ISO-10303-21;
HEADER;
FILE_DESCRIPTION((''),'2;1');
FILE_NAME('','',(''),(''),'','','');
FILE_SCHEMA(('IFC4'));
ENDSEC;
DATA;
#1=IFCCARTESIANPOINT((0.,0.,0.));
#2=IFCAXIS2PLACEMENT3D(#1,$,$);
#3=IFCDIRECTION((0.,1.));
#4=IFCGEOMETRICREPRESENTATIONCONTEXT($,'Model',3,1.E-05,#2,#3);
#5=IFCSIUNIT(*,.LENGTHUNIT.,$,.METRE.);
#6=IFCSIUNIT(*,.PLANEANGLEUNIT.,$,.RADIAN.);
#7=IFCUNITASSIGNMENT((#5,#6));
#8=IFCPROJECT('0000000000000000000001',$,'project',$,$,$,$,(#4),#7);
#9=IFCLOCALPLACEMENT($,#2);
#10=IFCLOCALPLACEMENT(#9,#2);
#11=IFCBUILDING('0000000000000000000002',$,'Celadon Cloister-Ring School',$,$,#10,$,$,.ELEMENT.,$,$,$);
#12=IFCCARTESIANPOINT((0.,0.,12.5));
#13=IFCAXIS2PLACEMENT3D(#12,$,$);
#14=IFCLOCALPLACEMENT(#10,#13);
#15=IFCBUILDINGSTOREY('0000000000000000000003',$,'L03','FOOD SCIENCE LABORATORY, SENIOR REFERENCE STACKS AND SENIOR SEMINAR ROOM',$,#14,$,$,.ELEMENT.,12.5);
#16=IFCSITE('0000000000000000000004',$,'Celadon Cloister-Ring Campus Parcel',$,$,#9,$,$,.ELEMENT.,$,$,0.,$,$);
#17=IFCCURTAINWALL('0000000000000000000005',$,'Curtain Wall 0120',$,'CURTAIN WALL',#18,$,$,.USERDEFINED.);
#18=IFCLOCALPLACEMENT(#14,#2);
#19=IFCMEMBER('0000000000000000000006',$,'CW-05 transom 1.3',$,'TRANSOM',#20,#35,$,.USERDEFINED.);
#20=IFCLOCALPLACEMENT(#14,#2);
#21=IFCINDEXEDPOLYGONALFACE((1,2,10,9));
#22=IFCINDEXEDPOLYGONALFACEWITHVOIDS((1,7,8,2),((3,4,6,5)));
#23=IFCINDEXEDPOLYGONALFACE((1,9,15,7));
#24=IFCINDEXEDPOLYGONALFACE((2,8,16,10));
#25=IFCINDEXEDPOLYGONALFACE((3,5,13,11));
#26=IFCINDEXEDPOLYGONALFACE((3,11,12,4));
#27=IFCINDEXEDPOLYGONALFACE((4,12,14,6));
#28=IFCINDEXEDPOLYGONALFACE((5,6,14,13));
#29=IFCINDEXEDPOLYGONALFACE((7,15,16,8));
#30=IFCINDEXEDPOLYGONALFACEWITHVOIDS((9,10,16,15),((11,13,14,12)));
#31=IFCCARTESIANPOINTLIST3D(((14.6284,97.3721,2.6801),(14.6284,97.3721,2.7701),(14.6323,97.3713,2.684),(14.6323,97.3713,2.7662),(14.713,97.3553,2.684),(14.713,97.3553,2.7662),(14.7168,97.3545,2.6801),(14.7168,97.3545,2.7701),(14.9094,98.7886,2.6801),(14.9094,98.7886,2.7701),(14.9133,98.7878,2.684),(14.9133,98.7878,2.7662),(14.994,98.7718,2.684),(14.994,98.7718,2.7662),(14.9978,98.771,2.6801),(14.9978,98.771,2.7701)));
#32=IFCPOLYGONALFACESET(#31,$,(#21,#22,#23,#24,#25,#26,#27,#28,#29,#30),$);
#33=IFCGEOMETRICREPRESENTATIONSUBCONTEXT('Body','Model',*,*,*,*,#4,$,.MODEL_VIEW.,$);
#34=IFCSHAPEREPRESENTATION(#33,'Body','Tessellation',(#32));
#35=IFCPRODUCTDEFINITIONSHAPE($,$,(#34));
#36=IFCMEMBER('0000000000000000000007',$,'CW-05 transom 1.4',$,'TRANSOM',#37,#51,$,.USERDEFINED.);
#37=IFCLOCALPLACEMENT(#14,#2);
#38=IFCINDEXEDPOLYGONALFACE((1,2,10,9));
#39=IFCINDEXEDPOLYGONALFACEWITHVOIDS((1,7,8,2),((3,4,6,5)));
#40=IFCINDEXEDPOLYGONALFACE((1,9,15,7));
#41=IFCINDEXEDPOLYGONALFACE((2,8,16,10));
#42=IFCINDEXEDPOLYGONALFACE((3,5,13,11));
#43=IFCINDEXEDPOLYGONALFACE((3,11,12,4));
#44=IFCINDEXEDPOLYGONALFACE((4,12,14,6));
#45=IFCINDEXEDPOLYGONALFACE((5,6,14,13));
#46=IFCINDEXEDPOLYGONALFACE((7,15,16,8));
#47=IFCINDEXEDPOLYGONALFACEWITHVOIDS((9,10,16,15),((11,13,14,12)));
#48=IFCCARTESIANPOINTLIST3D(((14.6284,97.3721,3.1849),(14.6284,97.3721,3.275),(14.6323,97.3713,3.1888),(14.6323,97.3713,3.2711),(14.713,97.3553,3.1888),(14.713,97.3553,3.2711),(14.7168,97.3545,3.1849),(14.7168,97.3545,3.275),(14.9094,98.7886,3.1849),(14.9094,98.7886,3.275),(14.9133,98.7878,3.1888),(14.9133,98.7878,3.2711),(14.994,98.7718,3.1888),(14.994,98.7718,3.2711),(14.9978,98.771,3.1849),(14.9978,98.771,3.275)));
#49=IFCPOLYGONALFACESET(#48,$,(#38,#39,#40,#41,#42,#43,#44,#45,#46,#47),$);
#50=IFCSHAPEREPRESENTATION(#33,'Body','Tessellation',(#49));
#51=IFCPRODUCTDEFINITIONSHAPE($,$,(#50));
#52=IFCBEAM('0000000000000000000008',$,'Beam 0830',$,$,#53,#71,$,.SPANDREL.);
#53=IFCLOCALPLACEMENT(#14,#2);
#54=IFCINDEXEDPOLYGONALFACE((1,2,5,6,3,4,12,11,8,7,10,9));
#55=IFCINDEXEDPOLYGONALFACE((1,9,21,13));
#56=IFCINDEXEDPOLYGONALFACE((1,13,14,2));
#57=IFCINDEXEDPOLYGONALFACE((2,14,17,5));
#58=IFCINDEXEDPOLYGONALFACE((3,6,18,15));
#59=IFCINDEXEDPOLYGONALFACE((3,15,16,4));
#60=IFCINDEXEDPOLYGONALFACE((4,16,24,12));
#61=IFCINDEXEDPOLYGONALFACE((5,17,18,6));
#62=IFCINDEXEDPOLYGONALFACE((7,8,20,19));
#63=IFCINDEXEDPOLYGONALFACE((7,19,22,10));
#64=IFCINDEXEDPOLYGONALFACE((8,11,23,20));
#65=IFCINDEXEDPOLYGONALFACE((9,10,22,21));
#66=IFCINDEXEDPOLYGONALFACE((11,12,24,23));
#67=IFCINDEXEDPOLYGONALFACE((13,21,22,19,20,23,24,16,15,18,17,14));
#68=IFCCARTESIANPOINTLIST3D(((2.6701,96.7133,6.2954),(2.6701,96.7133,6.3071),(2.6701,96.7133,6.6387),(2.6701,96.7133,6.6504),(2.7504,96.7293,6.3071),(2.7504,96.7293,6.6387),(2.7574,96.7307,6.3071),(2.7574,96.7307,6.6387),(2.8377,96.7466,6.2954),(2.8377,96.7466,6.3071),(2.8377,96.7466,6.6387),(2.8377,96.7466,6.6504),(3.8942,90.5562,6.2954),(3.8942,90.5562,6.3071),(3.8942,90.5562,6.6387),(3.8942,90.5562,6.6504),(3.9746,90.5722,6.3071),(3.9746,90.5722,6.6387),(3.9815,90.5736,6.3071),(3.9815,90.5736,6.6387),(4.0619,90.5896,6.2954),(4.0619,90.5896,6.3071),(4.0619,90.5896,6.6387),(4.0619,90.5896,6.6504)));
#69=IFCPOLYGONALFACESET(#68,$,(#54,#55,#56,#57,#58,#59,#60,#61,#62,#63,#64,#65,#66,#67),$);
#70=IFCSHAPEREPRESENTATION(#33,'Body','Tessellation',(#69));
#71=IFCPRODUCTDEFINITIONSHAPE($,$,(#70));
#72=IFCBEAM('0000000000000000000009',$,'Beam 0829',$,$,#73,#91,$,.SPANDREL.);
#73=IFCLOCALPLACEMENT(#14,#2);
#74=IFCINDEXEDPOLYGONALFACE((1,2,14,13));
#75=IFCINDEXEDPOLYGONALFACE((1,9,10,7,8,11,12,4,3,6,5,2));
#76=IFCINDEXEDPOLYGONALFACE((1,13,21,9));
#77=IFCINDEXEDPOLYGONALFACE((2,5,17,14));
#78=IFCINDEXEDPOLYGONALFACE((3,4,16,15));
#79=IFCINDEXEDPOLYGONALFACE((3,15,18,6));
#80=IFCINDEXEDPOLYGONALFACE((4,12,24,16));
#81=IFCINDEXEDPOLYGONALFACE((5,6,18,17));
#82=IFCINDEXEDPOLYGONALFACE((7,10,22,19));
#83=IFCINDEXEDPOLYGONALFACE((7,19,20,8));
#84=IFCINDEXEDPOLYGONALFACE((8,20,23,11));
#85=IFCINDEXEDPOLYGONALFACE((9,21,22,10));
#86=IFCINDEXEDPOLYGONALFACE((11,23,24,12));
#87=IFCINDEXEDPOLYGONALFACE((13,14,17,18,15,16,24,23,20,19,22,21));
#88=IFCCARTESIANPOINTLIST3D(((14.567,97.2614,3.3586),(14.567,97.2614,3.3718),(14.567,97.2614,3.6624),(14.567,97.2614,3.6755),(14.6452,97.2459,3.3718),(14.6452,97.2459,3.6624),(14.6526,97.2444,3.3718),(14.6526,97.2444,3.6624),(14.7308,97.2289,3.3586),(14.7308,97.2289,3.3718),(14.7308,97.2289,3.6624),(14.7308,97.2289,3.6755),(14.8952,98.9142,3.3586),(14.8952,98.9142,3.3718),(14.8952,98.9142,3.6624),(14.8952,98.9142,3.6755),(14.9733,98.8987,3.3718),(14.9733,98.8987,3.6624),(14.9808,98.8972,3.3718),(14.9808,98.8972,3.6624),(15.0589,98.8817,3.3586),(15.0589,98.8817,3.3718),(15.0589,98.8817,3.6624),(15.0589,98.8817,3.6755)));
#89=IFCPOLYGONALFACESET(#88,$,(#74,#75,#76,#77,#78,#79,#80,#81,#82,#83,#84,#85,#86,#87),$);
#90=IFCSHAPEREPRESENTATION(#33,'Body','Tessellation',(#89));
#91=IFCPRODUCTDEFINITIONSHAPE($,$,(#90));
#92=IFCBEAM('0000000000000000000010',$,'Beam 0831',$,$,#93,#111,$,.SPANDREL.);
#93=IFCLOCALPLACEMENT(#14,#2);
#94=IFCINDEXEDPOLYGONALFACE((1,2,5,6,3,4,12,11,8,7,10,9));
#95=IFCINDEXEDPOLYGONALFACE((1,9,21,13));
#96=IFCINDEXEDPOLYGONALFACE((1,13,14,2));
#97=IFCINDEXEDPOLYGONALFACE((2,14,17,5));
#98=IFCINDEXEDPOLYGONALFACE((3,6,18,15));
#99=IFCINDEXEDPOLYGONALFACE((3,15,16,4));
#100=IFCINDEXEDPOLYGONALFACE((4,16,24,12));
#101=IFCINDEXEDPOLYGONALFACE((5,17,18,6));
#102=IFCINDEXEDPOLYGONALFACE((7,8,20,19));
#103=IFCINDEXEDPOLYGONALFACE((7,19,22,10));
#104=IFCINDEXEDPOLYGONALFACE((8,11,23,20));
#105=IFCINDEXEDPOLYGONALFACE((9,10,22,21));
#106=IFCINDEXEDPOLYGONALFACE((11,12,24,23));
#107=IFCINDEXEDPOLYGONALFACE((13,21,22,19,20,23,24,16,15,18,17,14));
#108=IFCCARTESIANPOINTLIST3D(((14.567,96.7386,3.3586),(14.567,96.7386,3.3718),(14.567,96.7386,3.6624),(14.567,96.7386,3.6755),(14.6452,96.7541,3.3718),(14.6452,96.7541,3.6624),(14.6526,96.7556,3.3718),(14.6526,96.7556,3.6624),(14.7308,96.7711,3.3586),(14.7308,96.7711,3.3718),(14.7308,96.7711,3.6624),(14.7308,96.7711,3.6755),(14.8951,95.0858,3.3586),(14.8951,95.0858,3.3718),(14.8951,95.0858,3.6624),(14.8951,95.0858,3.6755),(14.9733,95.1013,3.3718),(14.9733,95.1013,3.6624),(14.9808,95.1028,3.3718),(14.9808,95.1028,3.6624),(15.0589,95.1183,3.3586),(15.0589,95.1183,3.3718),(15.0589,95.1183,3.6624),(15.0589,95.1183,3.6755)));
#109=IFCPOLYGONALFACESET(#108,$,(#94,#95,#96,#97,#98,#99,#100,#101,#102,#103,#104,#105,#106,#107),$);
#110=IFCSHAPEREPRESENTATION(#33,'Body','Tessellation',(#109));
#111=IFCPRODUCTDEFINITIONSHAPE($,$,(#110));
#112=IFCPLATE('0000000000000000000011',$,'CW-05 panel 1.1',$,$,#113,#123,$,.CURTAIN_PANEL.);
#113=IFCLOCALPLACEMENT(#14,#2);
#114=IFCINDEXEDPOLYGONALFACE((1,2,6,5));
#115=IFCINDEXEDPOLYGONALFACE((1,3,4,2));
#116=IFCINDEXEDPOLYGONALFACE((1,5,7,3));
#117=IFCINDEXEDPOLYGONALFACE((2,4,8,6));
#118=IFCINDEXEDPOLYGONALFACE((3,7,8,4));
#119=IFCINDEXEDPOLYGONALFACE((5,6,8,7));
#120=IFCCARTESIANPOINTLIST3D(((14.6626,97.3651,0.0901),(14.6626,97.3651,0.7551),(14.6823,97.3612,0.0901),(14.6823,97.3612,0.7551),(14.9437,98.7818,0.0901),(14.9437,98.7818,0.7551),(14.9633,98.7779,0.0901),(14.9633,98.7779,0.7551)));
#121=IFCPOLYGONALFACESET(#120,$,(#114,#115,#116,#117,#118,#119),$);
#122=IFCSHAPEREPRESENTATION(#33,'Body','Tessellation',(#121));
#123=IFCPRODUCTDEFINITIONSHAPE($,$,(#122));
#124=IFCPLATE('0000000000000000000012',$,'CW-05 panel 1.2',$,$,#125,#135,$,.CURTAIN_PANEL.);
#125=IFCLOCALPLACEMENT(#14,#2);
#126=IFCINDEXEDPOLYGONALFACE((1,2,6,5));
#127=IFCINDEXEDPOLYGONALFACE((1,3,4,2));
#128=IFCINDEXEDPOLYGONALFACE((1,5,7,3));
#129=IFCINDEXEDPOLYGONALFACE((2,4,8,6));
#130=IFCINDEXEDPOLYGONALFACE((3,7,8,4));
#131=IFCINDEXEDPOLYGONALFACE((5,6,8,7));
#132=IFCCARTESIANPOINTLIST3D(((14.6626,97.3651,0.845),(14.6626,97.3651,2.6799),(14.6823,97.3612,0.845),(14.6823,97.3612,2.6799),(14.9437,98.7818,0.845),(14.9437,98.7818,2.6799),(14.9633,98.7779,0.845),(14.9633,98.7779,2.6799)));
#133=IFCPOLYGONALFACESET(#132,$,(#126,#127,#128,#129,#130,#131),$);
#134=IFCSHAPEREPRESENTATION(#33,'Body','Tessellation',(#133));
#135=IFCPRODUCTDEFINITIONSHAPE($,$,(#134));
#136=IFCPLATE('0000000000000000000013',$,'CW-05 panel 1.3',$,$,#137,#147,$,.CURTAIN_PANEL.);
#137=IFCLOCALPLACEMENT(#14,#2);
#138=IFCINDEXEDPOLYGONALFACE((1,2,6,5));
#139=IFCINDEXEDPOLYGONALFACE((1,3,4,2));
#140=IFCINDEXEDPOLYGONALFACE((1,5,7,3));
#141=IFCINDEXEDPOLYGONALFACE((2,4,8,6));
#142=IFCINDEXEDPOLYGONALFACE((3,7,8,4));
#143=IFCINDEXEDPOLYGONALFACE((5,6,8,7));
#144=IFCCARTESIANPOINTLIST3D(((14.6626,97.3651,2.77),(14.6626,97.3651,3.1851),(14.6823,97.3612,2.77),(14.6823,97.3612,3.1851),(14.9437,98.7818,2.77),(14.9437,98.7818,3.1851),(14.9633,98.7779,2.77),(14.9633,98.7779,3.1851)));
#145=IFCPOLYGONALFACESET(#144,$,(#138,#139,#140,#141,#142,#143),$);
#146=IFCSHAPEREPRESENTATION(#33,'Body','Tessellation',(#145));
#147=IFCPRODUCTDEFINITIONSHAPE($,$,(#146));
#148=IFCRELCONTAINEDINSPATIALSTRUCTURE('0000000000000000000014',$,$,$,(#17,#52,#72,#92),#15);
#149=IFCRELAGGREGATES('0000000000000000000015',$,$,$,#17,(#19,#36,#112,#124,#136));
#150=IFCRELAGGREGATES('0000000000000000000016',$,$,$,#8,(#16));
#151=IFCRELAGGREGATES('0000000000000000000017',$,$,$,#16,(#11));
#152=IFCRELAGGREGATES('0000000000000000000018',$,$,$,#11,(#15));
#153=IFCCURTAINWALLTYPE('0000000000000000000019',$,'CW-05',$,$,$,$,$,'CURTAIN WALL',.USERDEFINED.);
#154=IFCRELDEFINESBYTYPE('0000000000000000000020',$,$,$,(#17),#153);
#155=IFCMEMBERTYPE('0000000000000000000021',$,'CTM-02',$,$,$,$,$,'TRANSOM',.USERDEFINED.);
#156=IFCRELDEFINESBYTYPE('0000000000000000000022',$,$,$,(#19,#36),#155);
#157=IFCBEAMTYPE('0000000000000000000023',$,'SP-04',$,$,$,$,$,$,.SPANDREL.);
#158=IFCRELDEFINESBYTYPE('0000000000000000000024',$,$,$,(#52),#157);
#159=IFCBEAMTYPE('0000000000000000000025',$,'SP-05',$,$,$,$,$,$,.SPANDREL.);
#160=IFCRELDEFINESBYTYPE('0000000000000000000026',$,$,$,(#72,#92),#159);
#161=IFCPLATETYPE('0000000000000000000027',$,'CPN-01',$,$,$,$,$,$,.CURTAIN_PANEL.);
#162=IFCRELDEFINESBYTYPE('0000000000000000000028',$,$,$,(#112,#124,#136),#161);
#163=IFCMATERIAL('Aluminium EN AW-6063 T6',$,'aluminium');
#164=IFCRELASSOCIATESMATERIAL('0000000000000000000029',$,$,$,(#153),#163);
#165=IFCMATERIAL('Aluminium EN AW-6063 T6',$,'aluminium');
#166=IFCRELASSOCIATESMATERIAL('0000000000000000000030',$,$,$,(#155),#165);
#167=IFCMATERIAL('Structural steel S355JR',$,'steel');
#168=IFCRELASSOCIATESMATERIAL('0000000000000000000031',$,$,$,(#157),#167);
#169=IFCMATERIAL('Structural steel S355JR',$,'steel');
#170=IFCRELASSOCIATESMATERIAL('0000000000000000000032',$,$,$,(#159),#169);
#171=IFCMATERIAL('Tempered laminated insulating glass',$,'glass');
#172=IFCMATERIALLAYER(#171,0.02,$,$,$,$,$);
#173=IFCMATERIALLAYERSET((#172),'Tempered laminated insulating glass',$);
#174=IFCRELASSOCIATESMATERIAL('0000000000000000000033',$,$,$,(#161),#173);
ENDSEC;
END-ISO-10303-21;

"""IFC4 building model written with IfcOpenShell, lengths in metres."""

from ifc_helpers import new_model, si_unit, direction, frame, origin, origin_2d, place, context, subcontext, project, spatial, rectangle, hollow_rectangle, i_section, extrude, material, layer, layer_set, material_profile, profile_set, type_object, element, aggregate, save


model = new_model("IFC4")

# Units and contexts
model_context = context("Model", 3, precision=1e-05, world=origin(), true_north=direction((0.0, 1.0)))
body_context = subcontext(model_context, "Body", "Model", "MODEL_VIEW")
ifc_project = project(units=[si_unit("LENGTHUNIT", "METRE"), si_unit("PLANEANGLEUNIT", "RADIAN")], contexts=[model_context])

# Site, building, storey
site_placement = place(None, origin())
site = spatial("IfcSite", under=ifc_project, at=site_placement, Name="Celadon Cloister-Ring Campus Parcel", CompositionType="ELEMENT", RefElevation=0.0)
building_placement = place(site_placement, origin())
building = spatial("IfcBuilding", under=site, at=building_placement, Name="Celadon Cloister-Ring School", CompositionType="ELEMENT")
storey_placement = place(building_placement, frame((0.0, 0.0, 12.5)))
storey = spatial("IfcBuildingStorey", under=building, at=storey_placement, Name="L03", Description="FOOD SCIENCE LABORATORY, SENIOR REFERENCE STACKS AND SENIOR SEMINAR ROOM", CompositionType="ELEMENT", Elevation=12.5)

# Curtain wall, members
ifc_material_1 = material(Name="Aluminium EN AW-6063 T6", Category="aluminium")
curtain_wall_type = type_object("IfcCurtainWallType", Name="CW-05", ElementType="CURTAIN WALL", PredefinedType="USERDEFINED", material=ifc_material_1)
curtain_wall_placement = place(storey_placement, origin())
curtain_wall = element("IfcCurtainWall", 1, at=curtain_wall_placement, inside=storey, type_object=curtain_wall_type, Name="Curtain Wall 0120", ObjectType="CURTAIN WALL", PredefinedType="USERDEFINED")
ifc_material_2 = material(Name="Aluminium EN AW-6063 T6", Category="aluminium")
ifc_material_profile_1 = material_profile(ifc_material_2, hollow_rectangle(XDim=0.0901, YDim=0.0901, WallThickness=0.0039, at=origin_2d()), Name="RHS90X90X4")
ifc_profile_set_1 = profile_set([ifc_material_profile_1], Name="Aluminium EN AW-6063 T6")
member_type_1 = type_object("IfcMemberType", Name="CTM-02", ElementType="TRANSOM", PredefinedType="USERDEFINED", material=ifc_profile_set_1)
member_1_placement = place(storey_placement, frame((14.9536, 98.7798, 2.7251), z_axis=(-0.194588, -0.980885, 0.0), x_axis=(0.980885, -0.194588, 0.0)))
member_1 = element("IfcMember", 2, at=member_1_placement, type_object=member_type_1, Name="CW-05 transom 1.3", ObjectType="TRANSOM", PredefinedType="USERDEFINED", context=body_context, shape_type="SweptSolid", body=[
    extrude(hollow_rectangle(XDim=0.0901, YDim=0.0901, WallThickness=0.0039, at=origin_2d()), origin(), (0.0, 0.0, 1.0), 1.4441),
])
member_2_placement = place(storey_placement, frame((14.9536, 98.7798, 3.23), z_axis=(-0.194588, -0.980885, 0.0), x_axis=(0.980885, -0.194588, 0.0)))
member_2 = element("IfcMember", 3, at=member_2_placement, type_object=member_type_1, Name="CW-05 transom 1.4", ObjectType="TRANSOM", PredefinedType="USERDEFINED", context=body_context, shape_type="SweptSolid", body=[
    extrude(hollow_rectangle(XDim=0.0901, YDim=0.0901, WallThickness=0.0039, at=origin_2d()), origin(), (0.0, 0.0, 1.0), 1.4441),
])

# Beams
ifc_material_3 = material(Name="Structural steel S355JR", Category="steel")
ifc_material_profile_2 = material_profile(ifc_material_3, i_section(OverallWidth=0.1709, OverallDepth=0.355, WebThickness=0.0071, FlangeThickness=0.0117, at=origin_2d()), Name="W360X51")
ifc_profile_set_2 = profile_set([ifc_material_profile_2], Name="Structural steel S355JR")
beam_type_1 = type_object("IfcBeamType", Name="SP-04", PredefinedType="SPANDREL", material=ifc_profile_set_2)
beam_placement = place(storey_placement, frame((2.7539, 96.73, 6.4729), z_axis=(0.195002, -0.980803, 0.0), x_axis=(0.980803, 0.195002, 0.0)))
element("IfcBeam", 4, at=beam_placement, inside=storey, type_object=beam_type_1, Name="Beam 0830", PredefinedType="SPANDREL", context=body_context, shape_type="SweptSolid", body=[
    extrude(i_section(OverallWidth=0.1709, OverallDepth=0.355, WebThickness=0.0071, FlangeThickness=0.0117, at=origin_2d()), origin(), (0.0, 0.0, 1.0), 6.2776),
])
ifc_material_4 = material(Name="Structural steel S355JR", Category="steel")
ifc_material_profile_3 = material_profile(ifc_material_4, i_section(OverallWidth=0.167, OverallDepth=0.3169, WebThickness=0.0076, FlangeThickness=0.0132, at=origin_2d()), Name="W310X52")
ifc_profile_set_3 = profile_set([ifc_material_profile_3], Name="Structural steel S355JR")
beam_type_2 = type_object("IfcBeamType", Name="SP-05", PredefinedType="SPANDREL", material=ifc_profile_set_3)
for number, where, z_axis, x_axis, name in (
    (5, (14.9771, 98.8979, 3.5171), (-0.194723, -0.980858, 0.0), (0.980858, -0.194723, 0.0), "Beam 0829"),
    (6, (14.6489, 96.7549, 3.5171), (0.194723, -0.980858, 0.0), (0.980858, 0.194723, 0.0), "Beam 0831"),
):
    element("IfcBeam", number, at=place(storey_placement, frame(where, z_axis=z_axis, x_axis=x_axis)), inside=storey, type_object=beam_type_2, Name=name, PredefinedType="SPANDREL", context=body_context, shape_type="SweptSolid", body=[
        extrude(i_section(OverallWidth=0.167, OverallDepth=0.3169, WebThickness=0.0076, FlangeThickness=0.0132, at=origin_2d()), origin(), (0.0, 0.0, 1.0), 1.6851),
    ])

# Plates
ifc_material_5 = material(Name="Tempered laminated insulating glass", Category="glass")
ifc_layer_1 = layer(ifc_material_5, 0.02)
ifc_layer_set_1 = layer_set([ifc_layer_1], Name="Tempered laminated insulating glass")
plate_type = type_object("IfcPlateType", Name="CPN-01", PredefinedType="CURTAIN_PANEL", material=ifc_layer_set_1)
plate_1_placement = place(storey_placement, frame((14.813, 98.0715, 0.0901), z_axis=(0.0, 0.0, 1.0), x_axis=(-0.194586, -0.980885, 0.0)))
plate_1 = element("IfcPlate", 7, at=plate_1_placement, type_object=plate_type, Name="CW-05 panel 1.1", PredefinedType="CURTAIN_PANEL", context=body_context, shape_type="SweptSolid", body=[
    extrude(rectangle(XDim=1.4443, YDim=0.02, at=origin_2d()), origin(), (0.0, 0.0, 1.0), 0.665),
])
plate_2_placement = place(storey_placement, frame((14.813, 98.0715, 0.845), z_axis=(0.0, 0.0, 1.0), x_axis=(-0.194586, -0.980885, 0.0)))
plate_2 = element("IfcPlate", 8, at=plate_2_placement, type_object=plate_type, Name="CW-05 panel 1.2", PredefinedType="CURTAIN_PANEL", context=body_context, shape_type="SweptSolid", body=[
    extrude(rectangle(XDim=1.4443, YDim=0.02, at=origin_2d()), origin(), (0.0, 0.0, 1.0), 1.835),
])
plate_3_placement = place(storey_placement, frame((14.813, 98.0715, 2.77), z_axis=(0.0, 0.0, 1.0), x_axis=(-0.194586, -0.980885, 0.0)))
plate_3 = element("IfcPlate", 9, at=plate_3_placement, type_object=plate_type, Name="CW-05 panel 1.3", PredefinedType="CURTAIN_PANEL", context=body_context, shape_type="SweptSolid", body=[
    extrude(rectangle(XDim=1.4443, YDim=0.02, at=origin_2d()), origin(), (0.0, 0.0, 1.0), 0.415),
])
aggregate(curtain_wall, [member_1, member_2, plate_1, plate_2, plate_3])

save(model, "model.ifc")
